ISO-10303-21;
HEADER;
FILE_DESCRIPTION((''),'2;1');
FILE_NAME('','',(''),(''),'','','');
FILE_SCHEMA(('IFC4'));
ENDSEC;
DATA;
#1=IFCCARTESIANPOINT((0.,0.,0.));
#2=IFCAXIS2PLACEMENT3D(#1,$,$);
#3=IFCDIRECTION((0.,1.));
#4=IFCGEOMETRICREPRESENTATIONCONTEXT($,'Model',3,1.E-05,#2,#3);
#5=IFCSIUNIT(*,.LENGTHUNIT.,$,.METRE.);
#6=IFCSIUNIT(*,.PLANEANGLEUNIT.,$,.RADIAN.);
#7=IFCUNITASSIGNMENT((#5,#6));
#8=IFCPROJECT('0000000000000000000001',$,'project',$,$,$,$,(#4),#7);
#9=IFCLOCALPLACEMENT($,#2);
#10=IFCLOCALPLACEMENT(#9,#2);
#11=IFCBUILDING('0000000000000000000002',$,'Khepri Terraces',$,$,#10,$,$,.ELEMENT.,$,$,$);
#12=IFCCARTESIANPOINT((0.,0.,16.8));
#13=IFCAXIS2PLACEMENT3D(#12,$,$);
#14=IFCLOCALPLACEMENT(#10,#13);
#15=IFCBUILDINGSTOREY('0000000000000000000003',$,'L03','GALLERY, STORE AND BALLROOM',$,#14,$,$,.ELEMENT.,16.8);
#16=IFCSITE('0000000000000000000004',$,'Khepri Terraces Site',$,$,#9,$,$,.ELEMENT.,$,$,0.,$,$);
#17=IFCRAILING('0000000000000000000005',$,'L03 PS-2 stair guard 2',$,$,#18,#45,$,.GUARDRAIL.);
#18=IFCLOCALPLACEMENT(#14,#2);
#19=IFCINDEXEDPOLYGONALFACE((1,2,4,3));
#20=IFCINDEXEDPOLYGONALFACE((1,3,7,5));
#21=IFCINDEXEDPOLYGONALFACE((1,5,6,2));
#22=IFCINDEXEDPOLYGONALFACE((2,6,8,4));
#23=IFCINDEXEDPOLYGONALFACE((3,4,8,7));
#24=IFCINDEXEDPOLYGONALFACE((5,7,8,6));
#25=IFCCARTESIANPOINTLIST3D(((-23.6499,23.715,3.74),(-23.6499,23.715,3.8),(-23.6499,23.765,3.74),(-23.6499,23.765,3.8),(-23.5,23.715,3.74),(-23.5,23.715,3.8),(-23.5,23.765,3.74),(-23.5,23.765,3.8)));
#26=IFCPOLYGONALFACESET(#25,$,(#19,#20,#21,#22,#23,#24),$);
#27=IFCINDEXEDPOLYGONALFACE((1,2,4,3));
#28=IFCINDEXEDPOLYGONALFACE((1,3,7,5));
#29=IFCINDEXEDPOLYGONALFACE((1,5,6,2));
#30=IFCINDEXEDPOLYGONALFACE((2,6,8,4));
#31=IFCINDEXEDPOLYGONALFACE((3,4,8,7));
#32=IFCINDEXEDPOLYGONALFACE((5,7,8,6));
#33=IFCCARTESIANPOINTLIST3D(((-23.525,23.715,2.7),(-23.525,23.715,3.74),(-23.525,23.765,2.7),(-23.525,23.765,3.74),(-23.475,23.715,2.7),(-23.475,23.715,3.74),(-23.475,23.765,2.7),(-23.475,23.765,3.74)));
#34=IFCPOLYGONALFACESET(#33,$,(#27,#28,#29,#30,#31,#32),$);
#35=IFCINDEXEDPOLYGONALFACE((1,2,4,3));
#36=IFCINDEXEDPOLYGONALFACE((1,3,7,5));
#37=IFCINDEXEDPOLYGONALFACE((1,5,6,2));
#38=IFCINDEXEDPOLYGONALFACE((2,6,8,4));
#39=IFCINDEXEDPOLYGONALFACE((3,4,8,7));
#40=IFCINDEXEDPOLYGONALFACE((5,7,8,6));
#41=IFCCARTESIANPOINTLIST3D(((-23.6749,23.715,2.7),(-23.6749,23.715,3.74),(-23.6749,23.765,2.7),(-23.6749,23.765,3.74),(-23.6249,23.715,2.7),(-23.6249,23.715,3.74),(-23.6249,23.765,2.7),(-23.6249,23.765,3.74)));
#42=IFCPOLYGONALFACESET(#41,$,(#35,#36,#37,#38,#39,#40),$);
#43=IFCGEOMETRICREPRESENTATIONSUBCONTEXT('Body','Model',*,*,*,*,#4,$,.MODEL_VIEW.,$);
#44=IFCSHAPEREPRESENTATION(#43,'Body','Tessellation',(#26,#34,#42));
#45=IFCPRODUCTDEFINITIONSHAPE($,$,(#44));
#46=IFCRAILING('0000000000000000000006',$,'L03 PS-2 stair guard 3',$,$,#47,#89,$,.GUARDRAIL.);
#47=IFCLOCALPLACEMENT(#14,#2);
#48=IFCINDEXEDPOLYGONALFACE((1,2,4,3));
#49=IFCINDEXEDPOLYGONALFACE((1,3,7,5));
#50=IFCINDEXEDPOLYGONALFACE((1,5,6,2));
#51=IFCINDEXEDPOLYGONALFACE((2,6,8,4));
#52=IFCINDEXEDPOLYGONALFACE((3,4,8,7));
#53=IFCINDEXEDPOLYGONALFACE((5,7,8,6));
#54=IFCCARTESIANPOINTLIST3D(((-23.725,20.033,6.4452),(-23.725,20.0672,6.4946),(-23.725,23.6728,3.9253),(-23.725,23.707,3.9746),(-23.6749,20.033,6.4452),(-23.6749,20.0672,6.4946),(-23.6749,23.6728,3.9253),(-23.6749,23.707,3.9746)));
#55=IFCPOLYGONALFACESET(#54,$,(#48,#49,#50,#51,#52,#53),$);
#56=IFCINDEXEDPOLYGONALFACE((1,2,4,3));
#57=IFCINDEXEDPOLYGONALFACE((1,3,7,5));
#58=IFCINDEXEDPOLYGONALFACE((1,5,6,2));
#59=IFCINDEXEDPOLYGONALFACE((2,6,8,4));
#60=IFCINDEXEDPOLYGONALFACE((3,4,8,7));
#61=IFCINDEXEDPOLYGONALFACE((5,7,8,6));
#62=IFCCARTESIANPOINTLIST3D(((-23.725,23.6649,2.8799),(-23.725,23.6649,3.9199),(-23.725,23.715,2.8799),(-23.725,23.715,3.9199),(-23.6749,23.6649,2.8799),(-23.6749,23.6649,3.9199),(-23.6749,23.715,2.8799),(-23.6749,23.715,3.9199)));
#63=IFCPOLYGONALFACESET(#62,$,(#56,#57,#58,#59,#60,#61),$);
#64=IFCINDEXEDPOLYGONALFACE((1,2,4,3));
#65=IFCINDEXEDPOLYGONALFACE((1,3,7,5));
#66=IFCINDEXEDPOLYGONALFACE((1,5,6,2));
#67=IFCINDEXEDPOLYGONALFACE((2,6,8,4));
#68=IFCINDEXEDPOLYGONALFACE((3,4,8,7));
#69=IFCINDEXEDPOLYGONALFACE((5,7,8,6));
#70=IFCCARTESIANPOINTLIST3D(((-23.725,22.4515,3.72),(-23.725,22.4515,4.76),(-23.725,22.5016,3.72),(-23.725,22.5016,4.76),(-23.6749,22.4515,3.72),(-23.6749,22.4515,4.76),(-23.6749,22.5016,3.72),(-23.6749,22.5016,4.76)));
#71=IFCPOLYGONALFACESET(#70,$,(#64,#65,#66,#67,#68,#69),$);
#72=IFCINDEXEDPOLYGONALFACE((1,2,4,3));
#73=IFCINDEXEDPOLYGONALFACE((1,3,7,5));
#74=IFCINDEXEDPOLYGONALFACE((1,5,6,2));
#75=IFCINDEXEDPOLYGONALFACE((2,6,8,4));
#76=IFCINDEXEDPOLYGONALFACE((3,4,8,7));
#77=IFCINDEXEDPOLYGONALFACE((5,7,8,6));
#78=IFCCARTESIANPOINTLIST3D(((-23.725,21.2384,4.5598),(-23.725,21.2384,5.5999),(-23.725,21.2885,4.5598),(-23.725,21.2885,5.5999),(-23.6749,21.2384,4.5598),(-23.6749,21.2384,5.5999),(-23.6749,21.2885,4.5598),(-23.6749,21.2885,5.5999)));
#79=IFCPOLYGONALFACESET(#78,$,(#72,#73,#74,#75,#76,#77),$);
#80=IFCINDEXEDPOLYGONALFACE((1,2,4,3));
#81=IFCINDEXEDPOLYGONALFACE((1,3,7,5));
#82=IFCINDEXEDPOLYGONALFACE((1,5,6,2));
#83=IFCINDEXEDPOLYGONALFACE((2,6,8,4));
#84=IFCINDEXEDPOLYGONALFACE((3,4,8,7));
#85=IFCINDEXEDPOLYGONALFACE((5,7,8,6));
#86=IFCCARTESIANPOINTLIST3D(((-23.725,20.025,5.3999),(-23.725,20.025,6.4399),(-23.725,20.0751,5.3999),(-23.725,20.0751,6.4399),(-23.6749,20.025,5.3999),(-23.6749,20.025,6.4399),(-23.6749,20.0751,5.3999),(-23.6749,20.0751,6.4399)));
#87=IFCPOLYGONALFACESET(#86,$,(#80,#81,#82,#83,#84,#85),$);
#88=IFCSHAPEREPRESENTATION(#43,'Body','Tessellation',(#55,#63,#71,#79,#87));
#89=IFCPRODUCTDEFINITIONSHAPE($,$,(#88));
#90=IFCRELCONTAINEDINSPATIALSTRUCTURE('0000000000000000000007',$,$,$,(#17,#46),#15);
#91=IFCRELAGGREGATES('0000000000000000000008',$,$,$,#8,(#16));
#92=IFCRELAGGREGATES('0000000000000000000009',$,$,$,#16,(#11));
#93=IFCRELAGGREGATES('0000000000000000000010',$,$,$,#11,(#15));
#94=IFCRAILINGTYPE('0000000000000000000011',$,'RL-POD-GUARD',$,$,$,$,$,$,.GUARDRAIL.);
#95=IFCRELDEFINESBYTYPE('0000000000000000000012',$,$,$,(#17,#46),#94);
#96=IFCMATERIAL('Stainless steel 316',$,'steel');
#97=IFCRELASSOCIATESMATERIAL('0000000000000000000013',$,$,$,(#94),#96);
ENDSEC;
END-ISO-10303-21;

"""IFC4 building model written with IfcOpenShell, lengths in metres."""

from ifc_helpers import new_model, si_unit, direction, frame, origin, origin_2d, place, context, subcontext, project, spatial, rectangle, extrude, material, type_object, element, save


model = new_model("IFC4")

# Units and contexts
model_context = context("Model", 3, precision=1e-05, world=origin(), true_north=direction((0.0, 1.0)))
body_context = subcontext(model_context, "Body", "Model", "MODEL_VIEW")
ifc_project = project(units=[si_unit("LENGTHUNIT", "METRE"), si_unit("PLANEANGLEUNIT", "RADIAN")], contexts=[model_context])

# Site, building, storey
site_placement = place(None, origin())
site = spatial("IfcSite", under=ifc_project, at=site_placement, Name="Khepri Terraces Site", CompositionType="ELEMENT", RefElevation=0.0)
building_placement = place(site_placement, origin())
building = spatial("IfcBuilding", under=site, at=building_placement, Name="Khepri Terraces", CompositionType="ELEMENT")
storey_placement = place(building_placement, frame((0.0, 0.0, 16.8)))
storey = spatial("IfcBuildingStorey", under=building, at=storey_placement, Name="L03", Description="GALLERY, STORE AND BALLROOM", CompositionType="ELEMENT", Elevation=16.8)

# Railings
ifc_material_1 = material(Name="Stainless steel 316", Category="steel")
railing_type = type_object("IfcRailingType", Name="RL-POD-GUARD", PredefinedType="GUARDRAIL", material=ifc_material_1)
railing_1_placement = place(storey_placement, frame((-23.5, 23.74, 2.7)))
element("IfcRailing", 1, at=railing_1_placement, inside=storey, type_object=railing_type, Name="L03 PS-2 stair guard 2", PredefinedType="GUARDRAIL", context=body_context, shape_type="SweptSolid", body=[
    extrude(rectangle(XDim=0.05, YDim=0.0601, at=origin_2d()), frame((0.0, 0.0, 1.0701), z_axis=(-1.0, 0.0, 0.0), x_axis=(0.0, -1.0, 0.0)), (0.0, 0.0, 1.0), 0.1499),
    extrude(rectangle(XDim=0.05, YDim=0.05, at=origin_2d()), origin(), (0.0, 0.0, 1.0), 1.04),
    extrude(rectangle(XDim=0.05, YDim=0.05, at=origin_2d()), frame((-0.1499, 0.0, 0.0)), (0.0, 0.0, 1.0), 1.04),
])
railing_2_placement = place(storey_placement, frame((-23.7, 23.6899, 2.8799)))
element("IfcRailing", 2, at=railing_2_placement, inside=storey, type_object=railing_type, Name="L03 PS-2 stair guard 3", PredefinedType="GUARDRAIL", context=body_context, shape_type="SweptSolid", body=[
    extrude(rectangle(XDim=0.05, YDim=0.0601, at=origin_2d()), frame((0.0, 0.0, 1.0701), z_axis=(0.0, -0.822182, 0.569224), x_axis=(1.0, 0.0, 0.0)), (0.0, 0.0, 1.0), 4.427),
    extrude(rectangle(XDim=0.05, YDim=0.05, at=origin_2d()), origin(), (0.0, 0.0, 1.0), 1.04),
    extrude(rectangle(XDim=0.05, YDim=0.05, at=origin_2d()), frame((0.0, -1.2134, 0.8401)), (0.0, 0.0, 1.0), 1.04),
    extrude(rectangle(XDim=0.05, YDim=0.05, at=origin_2d()), frame((0.0, -2.4265, 1.6799)), (0.0, 0.0, 1.0), 1.04),
    extrude(rectangle(XDim=0.05, YDim=0.05, at=origin_2d()), frame((0.0, -3.6399, 2.52)), (0.0, 0.0, 1.0), 1.04),
])

save(model, "model.ifc")
